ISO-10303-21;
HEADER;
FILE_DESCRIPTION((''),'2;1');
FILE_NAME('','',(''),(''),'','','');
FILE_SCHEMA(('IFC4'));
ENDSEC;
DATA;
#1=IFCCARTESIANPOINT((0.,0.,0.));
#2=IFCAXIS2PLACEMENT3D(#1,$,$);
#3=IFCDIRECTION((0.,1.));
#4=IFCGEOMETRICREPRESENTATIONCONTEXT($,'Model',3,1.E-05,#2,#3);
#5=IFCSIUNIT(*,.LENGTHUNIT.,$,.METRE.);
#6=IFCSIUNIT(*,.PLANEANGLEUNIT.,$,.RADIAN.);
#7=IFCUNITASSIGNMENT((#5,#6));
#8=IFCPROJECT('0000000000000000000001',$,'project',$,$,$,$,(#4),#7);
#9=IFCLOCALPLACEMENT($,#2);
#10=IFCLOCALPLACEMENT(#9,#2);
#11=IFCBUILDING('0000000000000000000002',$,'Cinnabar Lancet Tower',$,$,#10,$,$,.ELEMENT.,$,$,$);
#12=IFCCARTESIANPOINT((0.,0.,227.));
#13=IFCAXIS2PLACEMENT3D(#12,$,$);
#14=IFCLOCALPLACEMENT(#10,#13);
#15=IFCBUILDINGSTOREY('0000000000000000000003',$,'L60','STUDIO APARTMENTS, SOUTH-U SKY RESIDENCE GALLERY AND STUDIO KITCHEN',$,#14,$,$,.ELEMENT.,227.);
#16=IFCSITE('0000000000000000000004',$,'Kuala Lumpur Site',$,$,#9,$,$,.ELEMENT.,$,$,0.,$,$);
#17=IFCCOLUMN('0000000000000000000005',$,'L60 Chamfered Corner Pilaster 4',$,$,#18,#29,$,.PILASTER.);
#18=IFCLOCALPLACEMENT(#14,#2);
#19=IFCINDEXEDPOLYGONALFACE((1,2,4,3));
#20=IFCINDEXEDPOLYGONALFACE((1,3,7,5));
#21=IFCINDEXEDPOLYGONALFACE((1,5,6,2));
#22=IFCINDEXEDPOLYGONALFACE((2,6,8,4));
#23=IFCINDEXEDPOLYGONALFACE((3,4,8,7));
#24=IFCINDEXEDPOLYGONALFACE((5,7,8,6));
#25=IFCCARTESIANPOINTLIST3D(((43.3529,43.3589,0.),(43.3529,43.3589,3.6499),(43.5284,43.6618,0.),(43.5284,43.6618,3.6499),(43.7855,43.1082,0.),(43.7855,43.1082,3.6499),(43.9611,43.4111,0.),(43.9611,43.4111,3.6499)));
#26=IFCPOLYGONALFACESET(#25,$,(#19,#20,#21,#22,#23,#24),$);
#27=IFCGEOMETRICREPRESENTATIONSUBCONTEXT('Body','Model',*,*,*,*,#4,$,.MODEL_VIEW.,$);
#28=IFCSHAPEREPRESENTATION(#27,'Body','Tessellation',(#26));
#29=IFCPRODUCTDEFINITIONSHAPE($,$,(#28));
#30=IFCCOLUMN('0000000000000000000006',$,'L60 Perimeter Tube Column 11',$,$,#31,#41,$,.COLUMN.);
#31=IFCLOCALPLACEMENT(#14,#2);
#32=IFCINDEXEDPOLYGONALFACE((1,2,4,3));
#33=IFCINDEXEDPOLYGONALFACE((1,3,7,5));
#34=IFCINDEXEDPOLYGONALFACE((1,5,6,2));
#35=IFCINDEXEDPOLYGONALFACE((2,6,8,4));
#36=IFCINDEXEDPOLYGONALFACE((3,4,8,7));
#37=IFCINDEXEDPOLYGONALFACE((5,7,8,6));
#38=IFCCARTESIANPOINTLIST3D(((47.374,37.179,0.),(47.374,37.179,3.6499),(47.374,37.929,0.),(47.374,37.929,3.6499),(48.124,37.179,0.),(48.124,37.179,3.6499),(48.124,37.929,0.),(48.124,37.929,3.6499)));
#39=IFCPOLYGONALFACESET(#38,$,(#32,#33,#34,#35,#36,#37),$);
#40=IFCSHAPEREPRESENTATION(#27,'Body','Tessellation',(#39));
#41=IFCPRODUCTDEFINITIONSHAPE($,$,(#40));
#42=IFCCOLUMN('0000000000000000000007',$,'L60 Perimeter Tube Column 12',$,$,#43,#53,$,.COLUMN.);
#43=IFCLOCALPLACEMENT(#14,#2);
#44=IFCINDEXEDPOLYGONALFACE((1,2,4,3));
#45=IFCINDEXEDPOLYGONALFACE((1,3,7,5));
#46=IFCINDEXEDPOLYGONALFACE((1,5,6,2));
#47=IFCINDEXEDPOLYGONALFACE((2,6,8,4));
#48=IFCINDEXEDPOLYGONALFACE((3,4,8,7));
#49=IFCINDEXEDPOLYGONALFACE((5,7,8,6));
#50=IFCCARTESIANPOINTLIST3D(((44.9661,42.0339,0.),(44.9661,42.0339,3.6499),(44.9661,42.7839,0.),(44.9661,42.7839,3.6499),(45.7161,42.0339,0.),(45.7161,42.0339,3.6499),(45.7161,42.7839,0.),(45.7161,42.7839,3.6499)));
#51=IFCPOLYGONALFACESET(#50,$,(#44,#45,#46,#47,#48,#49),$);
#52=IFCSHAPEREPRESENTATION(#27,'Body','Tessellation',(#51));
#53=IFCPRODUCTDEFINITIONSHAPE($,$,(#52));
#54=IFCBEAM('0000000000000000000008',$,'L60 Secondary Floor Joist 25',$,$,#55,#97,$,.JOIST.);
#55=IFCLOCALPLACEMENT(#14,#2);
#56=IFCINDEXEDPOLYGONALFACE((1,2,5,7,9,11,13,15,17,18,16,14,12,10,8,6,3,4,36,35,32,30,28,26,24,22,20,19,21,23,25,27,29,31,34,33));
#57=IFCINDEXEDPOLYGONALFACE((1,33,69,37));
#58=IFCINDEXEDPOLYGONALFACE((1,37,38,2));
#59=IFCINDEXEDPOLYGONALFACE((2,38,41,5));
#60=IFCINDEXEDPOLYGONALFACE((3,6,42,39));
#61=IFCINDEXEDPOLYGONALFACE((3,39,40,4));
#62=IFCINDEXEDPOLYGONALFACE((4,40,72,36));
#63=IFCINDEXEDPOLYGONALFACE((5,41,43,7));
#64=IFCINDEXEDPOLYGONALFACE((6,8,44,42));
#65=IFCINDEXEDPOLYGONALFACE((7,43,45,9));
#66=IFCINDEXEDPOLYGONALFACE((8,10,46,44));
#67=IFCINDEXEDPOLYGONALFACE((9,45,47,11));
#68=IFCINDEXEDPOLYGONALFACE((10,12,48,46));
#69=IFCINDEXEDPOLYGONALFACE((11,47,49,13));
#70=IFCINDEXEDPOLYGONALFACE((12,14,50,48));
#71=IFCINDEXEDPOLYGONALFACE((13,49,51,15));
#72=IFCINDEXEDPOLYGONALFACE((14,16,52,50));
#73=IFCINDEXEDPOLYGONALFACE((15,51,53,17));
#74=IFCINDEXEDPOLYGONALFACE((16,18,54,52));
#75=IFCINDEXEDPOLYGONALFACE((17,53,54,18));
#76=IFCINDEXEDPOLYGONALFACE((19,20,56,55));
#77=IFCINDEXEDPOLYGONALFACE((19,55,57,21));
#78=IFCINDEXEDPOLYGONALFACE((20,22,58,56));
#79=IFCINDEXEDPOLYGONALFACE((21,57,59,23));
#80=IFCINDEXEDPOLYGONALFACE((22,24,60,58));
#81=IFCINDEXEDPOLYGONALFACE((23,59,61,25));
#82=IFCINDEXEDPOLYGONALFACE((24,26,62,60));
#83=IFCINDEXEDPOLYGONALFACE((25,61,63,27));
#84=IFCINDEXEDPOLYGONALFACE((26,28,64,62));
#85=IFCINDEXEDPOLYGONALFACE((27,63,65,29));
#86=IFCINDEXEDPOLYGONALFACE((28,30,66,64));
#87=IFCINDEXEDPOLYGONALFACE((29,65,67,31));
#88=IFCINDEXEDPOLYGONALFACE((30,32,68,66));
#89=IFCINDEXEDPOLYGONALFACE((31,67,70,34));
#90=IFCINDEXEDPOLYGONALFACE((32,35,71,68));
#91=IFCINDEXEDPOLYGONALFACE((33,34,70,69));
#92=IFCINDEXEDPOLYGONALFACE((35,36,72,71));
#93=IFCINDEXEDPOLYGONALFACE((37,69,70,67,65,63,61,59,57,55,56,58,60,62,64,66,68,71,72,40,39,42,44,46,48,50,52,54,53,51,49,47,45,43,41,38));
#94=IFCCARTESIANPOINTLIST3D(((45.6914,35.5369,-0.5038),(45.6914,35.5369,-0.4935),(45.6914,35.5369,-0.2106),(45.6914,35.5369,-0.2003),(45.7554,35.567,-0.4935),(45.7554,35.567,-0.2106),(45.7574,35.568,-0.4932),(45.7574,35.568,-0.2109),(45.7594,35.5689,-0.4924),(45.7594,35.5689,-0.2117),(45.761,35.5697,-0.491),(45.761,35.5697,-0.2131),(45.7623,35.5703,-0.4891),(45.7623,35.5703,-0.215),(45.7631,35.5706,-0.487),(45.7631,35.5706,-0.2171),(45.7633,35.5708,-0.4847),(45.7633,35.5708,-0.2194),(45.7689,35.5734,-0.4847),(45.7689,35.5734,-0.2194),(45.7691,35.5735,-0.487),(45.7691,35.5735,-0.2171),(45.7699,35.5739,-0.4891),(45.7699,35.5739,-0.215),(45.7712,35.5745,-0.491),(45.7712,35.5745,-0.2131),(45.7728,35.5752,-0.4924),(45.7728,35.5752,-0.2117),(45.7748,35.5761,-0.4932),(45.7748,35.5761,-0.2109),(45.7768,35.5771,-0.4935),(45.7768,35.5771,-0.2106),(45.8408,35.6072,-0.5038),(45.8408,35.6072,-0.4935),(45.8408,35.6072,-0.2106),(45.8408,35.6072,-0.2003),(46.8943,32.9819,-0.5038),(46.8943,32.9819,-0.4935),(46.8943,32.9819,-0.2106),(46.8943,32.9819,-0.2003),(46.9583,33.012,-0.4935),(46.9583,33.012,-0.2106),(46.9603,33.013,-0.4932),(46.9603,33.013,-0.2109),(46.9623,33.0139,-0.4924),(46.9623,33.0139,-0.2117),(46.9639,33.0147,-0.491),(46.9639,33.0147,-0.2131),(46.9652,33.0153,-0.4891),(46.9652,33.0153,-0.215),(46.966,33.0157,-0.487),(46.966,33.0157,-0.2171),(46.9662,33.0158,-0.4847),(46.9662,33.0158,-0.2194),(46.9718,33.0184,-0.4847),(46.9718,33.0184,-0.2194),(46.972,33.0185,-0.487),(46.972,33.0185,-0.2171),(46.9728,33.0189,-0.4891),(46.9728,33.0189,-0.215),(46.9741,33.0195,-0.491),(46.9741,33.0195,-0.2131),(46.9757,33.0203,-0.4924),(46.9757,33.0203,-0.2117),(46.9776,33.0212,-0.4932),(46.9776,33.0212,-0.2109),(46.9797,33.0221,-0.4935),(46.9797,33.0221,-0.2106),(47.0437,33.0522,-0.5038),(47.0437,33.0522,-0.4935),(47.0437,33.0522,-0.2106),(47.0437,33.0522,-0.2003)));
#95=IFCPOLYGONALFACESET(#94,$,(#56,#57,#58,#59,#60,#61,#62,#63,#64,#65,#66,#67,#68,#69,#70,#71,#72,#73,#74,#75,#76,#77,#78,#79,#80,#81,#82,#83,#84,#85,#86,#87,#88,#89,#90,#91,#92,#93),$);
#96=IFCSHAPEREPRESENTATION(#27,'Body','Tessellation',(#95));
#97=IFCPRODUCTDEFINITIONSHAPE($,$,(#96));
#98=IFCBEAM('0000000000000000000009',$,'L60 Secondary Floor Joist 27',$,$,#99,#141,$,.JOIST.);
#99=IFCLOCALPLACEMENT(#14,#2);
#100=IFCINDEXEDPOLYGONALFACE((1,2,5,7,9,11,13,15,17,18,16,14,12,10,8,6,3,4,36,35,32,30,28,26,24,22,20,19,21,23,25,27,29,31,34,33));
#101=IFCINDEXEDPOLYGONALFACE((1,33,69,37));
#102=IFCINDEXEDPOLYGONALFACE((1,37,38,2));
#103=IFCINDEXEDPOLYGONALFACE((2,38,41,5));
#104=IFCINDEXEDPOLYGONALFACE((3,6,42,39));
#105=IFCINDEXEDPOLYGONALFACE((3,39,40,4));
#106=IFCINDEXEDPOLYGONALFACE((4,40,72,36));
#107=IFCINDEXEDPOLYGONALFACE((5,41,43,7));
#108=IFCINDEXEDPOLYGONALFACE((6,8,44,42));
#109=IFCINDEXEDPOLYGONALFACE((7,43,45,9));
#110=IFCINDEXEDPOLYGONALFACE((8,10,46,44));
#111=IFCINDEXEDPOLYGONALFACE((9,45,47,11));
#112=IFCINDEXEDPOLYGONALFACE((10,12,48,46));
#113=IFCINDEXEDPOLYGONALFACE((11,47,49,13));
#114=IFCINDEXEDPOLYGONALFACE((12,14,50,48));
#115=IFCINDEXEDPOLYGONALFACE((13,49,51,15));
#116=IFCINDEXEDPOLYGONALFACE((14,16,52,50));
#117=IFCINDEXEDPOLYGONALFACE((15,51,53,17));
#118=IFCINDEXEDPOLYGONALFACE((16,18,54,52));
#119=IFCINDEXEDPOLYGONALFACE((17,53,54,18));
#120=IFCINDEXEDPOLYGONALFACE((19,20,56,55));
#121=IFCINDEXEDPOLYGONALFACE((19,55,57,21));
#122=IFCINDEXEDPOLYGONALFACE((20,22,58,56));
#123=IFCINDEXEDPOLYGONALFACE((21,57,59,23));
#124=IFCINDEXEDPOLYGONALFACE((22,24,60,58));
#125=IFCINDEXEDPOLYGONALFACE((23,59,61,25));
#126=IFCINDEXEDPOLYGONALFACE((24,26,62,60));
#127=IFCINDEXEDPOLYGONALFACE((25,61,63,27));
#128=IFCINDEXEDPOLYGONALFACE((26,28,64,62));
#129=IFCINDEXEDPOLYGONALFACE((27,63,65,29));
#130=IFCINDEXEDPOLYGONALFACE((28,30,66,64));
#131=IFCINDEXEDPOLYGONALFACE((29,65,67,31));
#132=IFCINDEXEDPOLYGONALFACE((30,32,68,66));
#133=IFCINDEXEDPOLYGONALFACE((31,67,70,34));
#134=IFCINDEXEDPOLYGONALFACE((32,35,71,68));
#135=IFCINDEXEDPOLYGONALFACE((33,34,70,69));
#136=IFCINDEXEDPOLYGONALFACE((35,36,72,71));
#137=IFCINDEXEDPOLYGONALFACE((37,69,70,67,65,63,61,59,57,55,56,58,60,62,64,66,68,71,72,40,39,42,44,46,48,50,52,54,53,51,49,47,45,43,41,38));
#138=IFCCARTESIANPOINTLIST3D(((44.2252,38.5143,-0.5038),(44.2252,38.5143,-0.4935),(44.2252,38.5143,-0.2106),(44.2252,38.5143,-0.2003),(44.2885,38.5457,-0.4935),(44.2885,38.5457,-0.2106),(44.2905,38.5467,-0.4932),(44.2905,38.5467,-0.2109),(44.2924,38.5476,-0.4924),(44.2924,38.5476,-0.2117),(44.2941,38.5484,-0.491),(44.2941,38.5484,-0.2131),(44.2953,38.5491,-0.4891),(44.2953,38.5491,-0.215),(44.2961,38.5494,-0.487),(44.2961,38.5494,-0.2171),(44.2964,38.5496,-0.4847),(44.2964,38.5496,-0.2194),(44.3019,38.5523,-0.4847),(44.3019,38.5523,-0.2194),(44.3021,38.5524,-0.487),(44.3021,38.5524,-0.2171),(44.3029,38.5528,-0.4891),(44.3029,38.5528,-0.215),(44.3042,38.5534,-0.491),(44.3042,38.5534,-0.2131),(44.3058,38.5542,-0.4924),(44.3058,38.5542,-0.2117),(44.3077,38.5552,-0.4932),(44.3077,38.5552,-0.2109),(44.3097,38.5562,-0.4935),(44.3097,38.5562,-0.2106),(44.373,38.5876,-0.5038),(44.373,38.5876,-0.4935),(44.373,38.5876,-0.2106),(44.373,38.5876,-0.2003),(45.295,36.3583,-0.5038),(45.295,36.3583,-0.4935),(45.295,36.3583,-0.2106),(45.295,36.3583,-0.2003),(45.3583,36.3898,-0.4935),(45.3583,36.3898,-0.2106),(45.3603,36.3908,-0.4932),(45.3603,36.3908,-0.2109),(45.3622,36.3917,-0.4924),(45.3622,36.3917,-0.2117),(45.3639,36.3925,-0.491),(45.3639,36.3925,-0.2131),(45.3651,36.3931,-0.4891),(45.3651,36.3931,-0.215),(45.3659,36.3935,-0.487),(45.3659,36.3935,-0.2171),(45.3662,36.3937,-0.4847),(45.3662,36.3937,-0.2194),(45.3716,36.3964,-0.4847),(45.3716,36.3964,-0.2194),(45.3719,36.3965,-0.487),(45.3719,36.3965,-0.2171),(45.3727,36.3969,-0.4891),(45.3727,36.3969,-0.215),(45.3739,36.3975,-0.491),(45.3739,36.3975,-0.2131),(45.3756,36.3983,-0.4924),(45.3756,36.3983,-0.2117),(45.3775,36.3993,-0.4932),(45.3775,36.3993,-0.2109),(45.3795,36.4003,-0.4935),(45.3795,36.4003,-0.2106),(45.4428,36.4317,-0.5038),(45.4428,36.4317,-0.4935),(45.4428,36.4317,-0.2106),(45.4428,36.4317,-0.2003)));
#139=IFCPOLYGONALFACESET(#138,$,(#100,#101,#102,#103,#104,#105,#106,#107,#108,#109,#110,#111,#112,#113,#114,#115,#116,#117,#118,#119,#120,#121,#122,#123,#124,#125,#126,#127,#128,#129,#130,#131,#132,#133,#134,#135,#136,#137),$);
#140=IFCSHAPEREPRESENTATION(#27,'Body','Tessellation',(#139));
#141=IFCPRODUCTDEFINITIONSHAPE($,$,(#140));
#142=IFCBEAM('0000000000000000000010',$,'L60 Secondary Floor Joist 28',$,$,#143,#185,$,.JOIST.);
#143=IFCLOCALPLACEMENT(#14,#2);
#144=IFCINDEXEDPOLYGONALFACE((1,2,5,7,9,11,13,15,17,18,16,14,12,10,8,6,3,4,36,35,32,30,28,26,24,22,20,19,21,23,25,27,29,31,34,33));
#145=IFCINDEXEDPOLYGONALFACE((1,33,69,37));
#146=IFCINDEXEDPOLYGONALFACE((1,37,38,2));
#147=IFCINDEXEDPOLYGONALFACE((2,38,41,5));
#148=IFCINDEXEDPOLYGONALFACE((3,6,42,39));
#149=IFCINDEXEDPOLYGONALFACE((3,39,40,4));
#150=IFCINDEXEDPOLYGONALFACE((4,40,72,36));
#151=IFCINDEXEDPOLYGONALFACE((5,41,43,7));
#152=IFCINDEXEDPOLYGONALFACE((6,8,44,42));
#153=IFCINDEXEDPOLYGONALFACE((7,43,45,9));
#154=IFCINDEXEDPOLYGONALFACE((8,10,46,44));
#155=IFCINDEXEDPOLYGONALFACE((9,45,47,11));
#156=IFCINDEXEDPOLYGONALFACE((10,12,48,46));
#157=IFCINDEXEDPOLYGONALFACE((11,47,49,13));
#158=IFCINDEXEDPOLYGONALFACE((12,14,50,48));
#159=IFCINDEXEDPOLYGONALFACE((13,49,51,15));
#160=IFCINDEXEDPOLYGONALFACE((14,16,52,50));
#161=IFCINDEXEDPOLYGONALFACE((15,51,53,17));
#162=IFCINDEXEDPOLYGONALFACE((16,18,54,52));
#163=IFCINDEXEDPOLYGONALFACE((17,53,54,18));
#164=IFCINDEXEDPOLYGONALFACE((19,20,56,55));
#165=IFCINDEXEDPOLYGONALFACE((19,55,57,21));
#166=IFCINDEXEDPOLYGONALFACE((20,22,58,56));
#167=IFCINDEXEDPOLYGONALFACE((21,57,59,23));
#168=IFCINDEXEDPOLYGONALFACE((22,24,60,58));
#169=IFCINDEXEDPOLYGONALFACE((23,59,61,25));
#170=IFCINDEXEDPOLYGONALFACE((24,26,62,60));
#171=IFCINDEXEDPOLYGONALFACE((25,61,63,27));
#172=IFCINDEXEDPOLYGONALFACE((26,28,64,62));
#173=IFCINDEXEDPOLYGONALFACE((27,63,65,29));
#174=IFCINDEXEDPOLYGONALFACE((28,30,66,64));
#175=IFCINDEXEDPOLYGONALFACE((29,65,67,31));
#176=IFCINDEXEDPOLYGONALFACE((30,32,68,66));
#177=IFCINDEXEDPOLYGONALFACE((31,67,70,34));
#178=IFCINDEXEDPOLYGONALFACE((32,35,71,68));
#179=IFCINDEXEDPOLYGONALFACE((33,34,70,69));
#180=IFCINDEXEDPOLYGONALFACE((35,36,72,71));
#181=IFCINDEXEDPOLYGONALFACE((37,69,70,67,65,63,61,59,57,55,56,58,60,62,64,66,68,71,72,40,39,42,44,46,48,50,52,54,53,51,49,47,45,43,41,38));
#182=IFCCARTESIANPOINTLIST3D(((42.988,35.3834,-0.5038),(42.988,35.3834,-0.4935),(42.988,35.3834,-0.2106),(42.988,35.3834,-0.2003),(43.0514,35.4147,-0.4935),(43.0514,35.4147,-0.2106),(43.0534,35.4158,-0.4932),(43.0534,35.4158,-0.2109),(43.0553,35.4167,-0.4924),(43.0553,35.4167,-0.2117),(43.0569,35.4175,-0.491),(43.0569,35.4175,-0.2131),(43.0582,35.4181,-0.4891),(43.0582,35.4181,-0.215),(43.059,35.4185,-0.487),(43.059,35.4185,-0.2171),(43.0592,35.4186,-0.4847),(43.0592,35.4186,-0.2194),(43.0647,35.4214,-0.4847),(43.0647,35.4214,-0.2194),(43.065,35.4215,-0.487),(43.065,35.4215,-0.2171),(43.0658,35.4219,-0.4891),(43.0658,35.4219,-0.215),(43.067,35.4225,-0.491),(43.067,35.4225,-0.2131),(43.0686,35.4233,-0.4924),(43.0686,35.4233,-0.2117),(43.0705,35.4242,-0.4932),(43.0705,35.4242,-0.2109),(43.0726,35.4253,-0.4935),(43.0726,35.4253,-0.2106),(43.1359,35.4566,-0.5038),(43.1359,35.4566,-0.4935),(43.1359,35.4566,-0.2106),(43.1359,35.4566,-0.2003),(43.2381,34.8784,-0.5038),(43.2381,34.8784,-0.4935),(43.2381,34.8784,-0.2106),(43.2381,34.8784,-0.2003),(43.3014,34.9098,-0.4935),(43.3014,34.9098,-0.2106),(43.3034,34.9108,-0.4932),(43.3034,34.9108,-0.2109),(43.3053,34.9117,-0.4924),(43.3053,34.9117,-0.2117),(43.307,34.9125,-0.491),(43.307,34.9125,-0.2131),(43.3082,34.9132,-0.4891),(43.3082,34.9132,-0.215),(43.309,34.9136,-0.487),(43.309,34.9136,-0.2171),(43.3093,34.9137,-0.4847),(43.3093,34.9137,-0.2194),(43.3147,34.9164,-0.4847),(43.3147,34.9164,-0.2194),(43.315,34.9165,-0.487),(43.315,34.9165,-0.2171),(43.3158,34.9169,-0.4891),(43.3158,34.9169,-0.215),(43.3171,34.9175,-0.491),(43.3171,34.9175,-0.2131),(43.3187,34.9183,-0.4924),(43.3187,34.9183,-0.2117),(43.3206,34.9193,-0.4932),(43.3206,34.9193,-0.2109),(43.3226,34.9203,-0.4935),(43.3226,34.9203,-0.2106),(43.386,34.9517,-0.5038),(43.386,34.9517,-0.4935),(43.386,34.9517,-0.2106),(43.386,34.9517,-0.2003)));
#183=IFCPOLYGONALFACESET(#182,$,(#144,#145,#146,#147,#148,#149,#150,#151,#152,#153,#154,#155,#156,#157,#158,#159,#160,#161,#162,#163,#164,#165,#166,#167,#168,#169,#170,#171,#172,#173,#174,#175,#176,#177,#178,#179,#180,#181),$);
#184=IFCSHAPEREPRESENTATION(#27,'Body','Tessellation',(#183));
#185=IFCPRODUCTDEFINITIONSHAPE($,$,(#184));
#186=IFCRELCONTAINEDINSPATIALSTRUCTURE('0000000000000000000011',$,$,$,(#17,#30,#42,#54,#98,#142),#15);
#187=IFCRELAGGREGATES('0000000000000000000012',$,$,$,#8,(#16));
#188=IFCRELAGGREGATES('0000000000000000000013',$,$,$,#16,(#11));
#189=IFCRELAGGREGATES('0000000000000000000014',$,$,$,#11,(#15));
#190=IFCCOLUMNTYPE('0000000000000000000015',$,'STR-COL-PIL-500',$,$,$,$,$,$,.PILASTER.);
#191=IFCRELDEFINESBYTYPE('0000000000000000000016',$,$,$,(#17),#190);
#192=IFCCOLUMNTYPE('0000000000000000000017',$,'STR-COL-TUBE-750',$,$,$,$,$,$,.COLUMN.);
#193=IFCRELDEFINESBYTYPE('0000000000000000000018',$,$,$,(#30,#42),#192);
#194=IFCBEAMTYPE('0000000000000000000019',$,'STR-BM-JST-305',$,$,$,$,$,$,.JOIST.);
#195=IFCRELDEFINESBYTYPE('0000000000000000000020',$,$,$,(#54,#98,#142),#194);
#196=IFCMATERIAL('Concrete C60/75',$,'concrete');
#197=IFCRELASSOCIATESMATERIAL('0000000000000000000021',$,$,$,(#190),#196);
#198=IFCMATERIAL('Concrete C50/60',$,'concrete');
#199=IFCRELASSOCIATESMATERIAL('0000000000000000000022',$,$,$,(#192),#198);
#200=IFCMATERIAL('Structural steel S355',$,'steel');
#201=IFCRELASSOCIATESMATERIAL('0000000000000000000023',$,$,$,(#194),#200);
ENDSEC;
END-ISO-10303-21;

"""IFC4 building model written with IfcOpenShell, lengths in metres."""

from ifc_helpers import new_model, si_unit, direction, frame, origin, origin_2d, place, context, subcontext, project, spatial, rectangle, i_section, extrude, material, material_profile, profile_set, type_object, element, save


model = new_model("IFC4")

# Units and contexts
model_context = context("Model", 3, precision=1e-05, world=origin(), true_north=direction((0.0, 1.0)))
body_context = subcontext(model_context, "Body", "Model", "MODEL_VIEW")
ifc_project = project(units=[si_unit("LENGTHUNIT", "METRE"), si_unit("PLANEANGLEUNIT", "RADIAN")], contexts=[model_context])

# Site, building, storey
site_placement = place(None, origin())
site = spatial("IfcSite", under=ifc_project, at=site_placement, Name="Kuala Lumpur Site", CompositionType="ELEMENT", RefElevation=0.0)
building_placement = place(site_placement, origin())
building = spatial("IfcBuilding", under=site, at=building_placement, Name="Cinnabar Lancet Tower", CompositionType="ELEMENT")
storey_placement = place(building_placement, frame((0.0, 0.0, 227.0)))
storey = spatial("IfcBuildingStorey", under=building, at=storey_placement, Name="L60", Description="STUDIO APARTMENTS, SOUTH-U SKY RESIDENCE GALLERY AND STUDIO KITCHEN", CompositionType="ELEMENT", Elevation=227.0)

# Columns
ifc_material_1 = material(Name="Concrete C60/75", Category="concrete")
ifc_material_profile_1 = material_profile(ifc_material_1, rectangle(XDim=0.5, YDim=0.3501, at=origin_2d()), Name="RC-PIL 500x350")
ifc_profile_set_1 = profile_set([ifc_material_profile_1], Name="Concrete C60/75")
column_type_1 = type_object("IfcColumnType", Name="STR-COL-PIL-500", PredefinedType="PILASTER", material=ifc_profile_set_1)
column_placement = place(storey_placement, frame((43.657, 43.385, 0.0), z_axis=(0.0, 0.0, 1.0), x_axis=(-0.865256, 0.50133, 0.0)))
element("IfcColumn", 1, at=column_placement, inside=storey, type_object=column_type_1, Name="L60 Chamfered Corner Pilaster 4", PredefinedType="PILASTER", context=body_context, shape_type="SweptSolid", body=[
    extrude(rectangle(XDim=0.5, YDim=0.3501, at=origin_2d()), origin(), (0.0, 0.0, 1.0), 3.6499),
])
ifc_material_2 = material(Name="Concrete C50/60", Category="concrete")
ifc_material_profile_2 = material_profile(ifc_material_2, rectangle(XDim=0.75, YDim=0.75, at=origin_2d()), Name="RC-COL 750x750")
ifc_profile_set_2 = profile_set([ifc_material_profile_2], Name="Concrete C50/60")
column_type_2 = type_object("IfcColumnType", Name="STR-COL-TUBE-750", PredefinedType="COLUMN", material=ifc_profile_set_2)
for number, where, z_axis, x_axis, name in (
    (2, (47.749, 37.554, 0.0), (0.0, 0.0, 1.0), (1.0, 0.0, 0.0), "L60 Perimeter Tube Column 11"),
    (3, (45.3411, 42.4089, 0.0), (0.0, 0.0, 1.0), (1.0, 0.0, 0.0), "L60 Perimeter Tube Column 12"),
):
    element("IfcColumn", number, at=place(storey_placement, frame(where, z_axis=z_axis, x_axis=x_axis)), inside=storey, type_object=column_type_2, Name=name, PredefinedType="COLUMN", context=body_context, shape_type="SweptSolid", body=[
        extrude(rectangle(XDim=0.75, YDim=0.75, at=origin_2d()), origin(), (0.0, 0.0, 1.0), 3.6499),
    ])

# Beams
ifc_material_3 = material(Name="Structural steel S355", Category="steel")
ifc_material_profile_3 = material_profile(ifc_material_3, i_section(OverallWidth=0.165, OverallDepth=0.3035, WebThickness=0.0061, FlangeThickness=0.0103, FilletRadius=0.0088, at=origin_2d()), Name="UKB 305x165x40")
ifc_profile_set_3 = profile_set([ifc_material_profile_3], Name="Structural steel S355")
beam_type_1 = type_object("IfcBeamType", Name="STR-BM-JST-305", PredefinedType="JOIST", material=ifc_profile_set_3)
beam_1_placement = place(storey_placement, frame((46.969, 33.0171, -0.3521), z_axis=(-0.425959, 0.904742, 0.0), x_axis=(-0.904742, -0.425959, 0.0)))
element("IfcBeam", 4, at=beam_1_placement, inside=storey, type_object=beam_type_1, Name="L60 Secondary Floor Joist 25", PredefinedType="JOIST", context=body_context, shape_type="SweptSolid", body=[
    extrude(i_section(OverallWidth=0.165, OverallDepth=0.3035, WebThickness=0.0061, FlangeThickness=0.0103, FilletRadius=0.0088, at=origin_2d()), origin(), (0.0, 0.0, 1.0), 2.824),
])
beam_2_placement = place(storey_placement, frame((45.3689, 36.395, -0.3521), z_axis=(-0.444493, 0.895782, 0.0), x_axis=(-0.895782, -0.444493, 0.0)))
element("IfcBeam", 5, at=beam_2_placement, inside=storey, type_object=beam_type_1, Name="L60 Secondary Floor Joist 27", PredefinedType="JOIST", context=body_context, shape_type="SweptSolid", body=[
    extrude(i_section(OverallWidth=0.165, OverallDepth=0.3035, WebThickness=0.0061, FlangeThickness=0.0103, FilletRadius=0.0088, at=origin_2d()), origin(), (0.0, 0.0, 1.0), 2.4067),
])
beam_3_placement = place(storey_placement, frame((43.312, 34.915, -0.3521), z_axis=(-0.443743, 0.896154, 0.0), x_axis=(-0.896154, -0.443743, 0.0)))
element("IfcBeam", 6, at=beam_3_placement, inside=storey, type_object=beam_type_1, Name="L60 Secondary Floor Joist 28", PredefinedType="JOIST", context=body_context, shape_type="SweptSolid", body=[
    extrude(i_section(OverallWidth=0.165, OverallDepth=0.3035, WebThickness=0.0061, FlangeThickness=0.0103, FilletRadius=0.0088, at=origin_2d()), origin(), (0.0, 0.0, 1.0), 0.5635),
])

save(model, "model.ifc")
